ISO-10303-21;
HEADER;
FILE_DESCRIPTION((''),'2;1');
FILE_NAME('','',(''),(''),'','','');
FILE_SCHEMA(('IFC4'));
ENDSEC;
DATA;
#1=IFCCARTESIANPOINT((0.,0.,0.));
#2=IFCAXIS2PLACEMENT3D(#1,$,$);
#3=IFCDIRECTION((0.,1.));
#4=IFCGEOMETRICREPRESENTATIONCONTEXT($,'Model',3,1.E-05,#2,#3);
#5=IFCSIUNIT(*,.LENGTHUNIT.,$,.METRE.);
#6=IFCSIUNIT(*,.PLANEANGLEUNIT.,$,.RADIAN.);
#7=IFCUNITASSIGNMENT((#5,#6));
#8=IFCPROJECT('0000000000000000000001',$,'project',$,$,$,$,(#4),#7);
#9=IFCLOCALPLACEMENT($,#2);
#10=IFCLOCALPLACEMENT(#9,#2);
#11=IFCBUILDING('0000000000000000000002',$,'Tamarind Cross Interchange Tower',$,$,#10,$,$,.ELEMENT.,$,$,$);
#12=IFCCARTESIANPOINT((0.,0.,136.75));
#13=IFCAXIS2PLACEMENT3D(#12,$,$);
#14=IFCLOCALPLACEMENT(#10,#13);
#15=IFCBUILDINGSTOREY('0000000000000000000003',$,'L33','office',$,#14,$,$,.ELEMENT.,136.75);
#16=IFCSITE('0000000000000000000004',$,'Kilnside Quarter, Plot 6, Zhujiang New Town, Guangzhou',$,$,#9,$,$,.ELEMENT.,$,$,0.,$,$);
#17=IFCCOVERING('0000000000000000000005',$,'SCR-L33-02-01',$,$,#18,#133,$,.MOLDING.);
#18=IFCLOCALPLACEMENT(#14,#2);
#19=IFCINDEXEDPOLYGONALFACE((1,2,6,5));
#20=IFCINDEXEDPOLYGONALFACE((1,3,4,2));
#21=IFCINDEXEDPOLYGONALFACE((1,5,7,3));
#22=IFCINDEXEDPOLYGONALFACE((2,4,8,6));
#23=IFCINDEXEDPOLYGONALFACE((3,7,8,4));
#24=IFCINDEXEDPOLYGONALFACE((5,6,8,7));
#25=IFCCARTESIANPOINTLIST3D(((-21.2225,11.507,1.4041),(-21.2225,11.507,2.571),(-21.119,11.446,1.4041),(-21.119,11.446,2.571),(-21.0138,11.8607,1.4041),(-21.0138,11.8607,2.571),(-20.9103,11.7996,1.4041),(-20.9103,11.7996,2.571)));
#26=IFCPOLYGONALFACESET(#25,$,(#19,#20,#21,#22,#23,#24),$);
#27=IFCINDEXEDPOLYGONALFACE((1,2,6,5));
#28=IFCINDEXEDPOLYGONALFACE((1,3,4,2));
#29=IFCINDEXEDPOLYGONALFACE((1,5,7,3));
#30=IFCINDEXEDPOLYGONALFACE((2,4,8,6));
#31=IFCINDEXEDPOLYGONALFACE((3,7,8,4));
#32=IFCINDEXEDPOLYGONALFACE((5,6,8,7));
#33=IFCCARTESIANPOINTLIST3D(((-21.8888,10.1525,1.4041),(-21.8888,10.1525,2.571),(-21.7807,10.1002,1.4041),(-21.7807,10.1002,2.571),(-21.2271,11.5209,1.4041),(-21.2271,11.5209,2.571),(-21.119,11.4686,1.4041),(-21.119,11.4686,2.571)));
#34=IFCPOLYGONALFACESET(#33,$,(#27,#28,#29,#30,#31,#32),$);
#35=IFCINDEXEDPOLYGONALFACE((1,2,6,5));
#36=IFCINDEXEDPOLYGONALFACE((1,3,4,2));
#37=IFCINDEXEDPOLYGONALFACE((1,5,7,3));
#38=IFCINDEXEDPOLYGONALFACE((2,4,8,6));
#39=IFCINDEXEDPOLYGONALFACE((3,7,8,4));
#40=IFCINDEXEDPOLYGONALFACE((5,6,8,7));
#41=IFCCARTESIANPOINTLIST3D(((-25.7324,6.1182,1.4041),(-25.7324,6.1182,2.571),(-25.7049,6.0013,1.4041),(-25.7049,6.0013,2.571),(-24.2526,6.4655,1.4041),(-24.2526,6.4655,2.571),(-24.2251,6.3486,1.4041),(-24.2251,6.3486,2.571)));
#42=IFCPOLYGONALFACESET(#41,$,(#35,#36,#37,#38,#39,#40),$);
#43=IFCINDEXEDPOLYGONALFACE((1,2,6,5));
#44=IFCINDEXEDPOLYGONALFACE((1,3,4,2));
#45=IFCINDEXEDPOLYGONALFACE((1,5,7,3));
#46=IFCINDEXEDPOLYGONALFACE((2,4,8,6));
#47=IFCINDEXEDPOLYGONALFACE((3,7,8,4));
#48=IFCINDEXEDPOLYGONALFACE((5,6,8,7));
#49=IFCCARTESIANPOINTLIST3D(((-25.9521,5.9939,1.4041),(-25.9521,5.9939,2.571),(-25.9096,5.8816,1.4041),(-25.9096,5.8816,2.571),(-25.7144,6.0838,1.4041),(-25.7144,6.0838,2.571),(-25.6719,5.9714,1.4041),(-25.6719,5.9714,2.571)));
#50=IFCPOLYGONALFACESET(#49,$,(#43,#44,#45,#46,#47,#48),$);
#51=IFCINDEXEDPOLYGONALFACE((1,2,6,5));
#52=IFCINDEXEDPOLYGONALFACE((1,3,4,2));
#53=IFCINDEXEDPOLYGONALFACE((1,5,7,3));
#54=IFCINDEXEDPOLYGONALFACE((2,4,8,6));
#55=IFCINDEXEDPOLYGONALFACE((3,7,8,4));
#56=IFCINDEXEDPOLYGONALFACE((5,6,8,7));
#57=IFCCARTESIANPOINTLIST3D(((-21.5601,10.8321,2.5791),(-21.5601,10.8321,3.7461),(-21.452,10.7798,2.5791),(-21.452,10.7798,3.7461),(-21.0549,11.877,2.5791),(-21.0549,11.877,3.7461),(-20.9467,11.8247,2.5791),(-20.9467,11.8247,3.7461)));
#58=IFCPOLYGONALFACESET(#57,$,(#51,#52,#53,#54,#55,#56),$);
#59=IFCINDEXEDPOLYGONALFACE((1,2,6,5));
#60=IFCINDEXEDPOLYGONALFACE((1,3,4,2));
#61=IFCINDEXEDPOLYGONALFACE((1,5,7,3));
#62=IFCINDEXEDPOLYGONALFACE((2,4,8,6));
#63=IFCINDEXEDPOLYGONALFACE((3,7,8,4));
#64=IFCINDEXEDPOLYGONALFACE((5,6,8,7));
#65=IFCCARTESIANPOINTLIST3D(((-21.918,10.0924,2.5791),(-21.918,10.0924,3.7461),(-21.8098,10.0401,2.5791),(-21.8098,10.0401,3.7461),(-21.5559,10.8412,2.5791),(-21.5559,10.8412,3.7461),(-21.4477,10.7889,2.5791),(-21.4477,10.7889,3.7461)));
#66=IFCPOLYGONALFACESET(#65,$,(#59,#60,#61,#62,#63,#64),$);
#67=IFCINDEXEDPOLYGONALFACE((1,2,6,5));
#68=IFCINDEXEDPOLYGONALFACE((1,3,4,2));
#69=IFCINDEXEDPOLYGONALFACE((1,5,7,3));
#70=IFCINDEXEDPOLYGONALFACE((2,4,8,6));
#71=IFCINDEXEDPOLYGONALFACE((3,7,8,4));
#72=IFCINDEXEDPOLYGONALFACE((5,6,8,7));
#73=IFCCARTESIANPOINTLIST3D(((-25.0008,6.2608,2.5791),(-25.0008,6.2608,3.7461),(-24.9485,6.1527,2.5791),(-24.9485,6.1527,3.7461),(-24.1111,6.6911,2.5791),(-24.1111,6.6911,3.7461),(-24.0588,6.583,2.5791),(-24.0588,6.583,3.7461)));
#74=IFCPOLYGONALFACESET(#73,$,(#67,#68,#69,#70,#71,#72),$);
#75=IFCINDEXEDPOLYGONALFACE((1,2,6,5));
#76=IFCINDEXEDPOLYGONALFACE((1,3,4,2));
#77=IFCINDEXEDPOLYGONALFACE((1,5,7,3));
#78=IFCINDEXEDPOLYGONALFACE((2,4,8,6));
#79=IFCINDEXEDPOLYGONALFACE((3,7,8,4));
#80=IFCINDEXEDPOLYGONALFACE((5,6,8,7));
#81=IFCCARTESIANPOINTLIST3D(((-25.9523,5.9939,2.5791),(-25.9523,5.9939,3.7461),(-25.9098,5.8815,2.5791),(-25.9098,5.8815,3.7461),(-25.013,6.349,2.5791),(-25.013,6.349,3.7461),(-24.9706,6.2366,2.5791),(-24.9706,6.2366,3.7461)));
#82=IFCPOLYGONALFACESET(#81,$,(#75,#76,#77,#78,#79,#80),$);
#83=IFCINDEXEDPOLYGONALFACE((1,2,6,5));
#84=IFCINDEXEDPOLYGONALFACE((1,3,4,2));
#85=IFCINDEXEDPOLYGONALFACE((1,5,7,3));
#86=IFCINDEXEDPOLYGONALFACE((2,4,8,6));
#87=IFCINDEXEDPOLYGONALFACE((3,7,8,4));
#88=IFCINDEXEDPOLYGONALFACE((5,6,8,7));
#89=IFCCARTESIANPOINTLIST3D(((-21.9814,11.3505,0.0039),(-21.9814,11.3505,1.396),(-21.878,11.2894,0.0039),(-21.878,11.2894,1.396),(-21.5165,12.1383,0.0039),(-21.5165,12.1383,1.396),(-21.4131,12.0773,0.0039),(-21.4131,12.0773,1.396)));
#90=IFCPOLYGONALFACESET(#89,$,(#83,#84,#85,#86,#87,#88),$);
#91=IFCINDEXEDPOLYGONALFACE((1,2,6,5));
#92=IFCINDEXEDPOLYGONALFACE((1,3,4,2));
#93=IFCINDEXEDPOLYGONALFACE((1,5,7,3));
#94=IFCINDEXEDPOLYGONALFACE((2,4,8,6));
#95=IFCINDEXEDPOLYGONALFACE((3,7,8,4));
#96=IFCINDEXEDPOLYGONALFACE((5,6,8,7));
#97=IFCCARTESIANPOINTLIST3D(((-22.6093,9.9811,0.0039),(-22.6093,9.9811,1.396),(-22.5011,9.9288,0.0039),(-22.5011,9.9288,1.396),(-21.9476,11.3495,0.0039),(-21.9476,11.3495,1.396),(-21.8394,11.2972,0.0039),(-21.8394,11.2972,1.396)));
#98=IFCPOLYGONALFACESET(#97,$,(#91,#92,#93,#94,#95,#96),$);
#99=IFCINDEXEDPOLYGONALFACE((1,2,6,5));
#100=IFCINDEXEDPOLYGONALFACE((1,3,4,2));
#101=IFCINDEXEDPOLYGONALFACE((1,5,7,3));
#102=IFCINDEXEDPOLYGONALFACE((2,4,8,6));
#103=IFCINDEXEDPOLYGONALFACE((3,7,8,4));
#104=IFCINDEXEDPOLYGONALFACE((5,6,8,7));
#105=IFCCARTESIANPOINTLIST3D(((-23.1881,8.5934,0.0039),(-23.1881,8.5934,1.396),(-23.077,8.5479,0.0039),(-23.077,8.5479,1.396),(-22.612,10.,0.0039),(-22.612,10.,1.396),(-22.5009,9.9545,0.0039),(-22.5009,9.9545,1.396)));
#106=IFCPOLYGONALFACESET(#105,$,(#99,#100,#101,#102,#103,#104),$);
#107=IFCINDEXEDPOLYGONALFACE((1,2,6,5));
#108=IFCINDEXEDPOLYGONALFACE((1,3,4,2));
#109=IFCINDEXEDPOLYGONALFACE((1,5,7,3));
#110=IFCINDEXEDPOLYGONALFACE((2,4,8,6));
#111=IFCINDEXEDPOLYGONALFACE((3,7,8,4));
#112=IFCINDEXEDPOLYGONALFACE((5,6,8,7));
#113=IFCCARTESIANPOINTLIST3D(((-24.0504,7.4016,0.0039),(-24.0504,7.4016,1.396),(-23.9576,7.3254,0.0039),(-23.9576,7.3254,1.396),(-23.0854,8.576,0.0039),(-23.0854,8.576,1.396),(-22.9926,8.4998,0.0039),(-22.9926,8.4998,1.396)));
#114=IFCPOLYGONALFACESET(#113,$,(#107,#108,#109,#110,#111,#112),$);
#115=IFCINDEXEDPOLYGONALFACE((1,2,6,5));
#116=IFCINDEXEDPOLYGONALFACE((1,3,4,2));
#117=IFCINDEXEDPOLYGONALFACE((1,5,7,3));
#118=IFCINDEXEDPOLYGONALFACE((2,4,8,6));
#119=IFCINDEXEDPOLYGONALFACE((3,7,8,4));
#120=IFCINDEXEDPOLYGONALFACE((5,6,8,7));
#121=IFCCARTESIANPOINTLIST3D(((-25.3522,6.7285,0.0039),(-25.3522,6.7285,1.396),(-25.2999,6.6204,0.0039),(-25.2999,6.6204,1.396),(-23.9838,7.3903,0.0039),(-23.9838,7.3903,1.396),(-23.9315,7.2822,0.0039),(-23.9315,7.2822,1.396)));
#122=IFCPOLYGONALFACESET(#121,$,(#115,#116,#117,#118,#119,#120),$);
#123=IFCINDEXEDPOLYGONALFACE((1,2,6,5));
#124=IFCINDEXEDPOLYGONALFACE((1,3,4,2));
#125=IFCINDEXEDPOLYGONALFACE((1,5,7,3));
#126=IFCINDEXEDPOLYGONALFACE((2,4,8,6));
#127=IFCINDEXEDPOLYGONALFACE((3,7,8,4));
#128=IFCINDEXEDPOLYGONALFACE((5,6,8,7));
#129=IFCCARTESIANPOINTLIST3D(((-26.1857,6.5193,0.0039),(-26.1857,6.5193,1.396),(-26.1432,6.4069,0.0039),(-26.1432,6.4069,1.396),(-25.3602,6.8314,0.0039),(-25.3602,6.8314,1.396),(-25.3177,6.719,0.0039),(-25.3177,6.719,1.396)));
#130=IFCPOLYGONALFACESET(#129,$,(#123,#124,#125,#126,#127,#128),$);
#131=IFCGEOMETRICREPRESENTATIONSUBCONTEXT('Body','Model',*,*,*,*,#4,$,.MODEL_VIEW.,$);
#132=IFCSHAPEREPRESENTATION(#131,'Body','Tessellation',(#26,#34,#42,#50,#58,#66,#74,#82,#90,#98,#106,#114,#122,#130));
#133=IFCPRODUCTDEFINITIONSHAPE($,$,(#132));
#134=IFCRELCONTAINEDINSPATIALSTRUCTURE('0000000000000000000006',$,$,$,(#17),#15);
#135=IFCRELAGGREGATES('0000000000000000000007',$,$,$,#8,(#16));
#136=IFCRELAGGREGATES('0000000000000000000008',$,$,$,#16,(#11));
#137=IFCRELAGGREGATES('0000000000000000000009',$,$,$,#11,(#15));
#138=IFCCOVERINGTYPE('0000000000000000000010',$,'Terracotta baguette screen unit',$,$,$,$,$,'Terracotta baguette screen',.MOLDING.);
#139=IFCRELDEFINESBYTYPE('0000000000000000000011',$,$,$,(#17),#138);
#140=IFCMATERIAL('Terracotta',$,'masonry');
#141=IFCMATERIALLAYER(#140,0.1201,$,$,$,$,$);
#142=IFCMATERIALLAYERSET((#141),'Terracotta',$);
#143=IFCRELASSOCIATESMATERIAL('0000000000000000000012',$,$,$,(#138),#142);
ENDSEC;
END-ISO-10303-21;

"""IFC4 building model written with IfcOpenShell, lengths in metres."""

from ifc_helpers import new_model, si_unit, direction, frame, origin, origin_2d, place, context, subcontext, project, spatial, rectangle, extrude, material, layer, layer_set, type_object, element, save


model = new_model("IFC4")

# Units and contexts
model_context = context("Model", 3, precision=1e-05, world=origin(), true_north=direction((0.0, 1.0)))
body_context = subcontext(model_context, "Body", "Model", "MODEL_VIEW")
ifc_project = project(units=[si_unit("LENGTHUNIT", "METRE"), si_unit("PLANEANGLEUNIT", "RADIAN")], contexts=[model_context])

# Site, building, storey
site_placement = place(None, origin())
site = spatial("IfcSite", under=ifc_project, at=site_placement, Name="Kilnside Quarter, Plot 6, Zhujiang New Town, Guangzhou", CompositionType="ELEMENT", RefElevation=0.0)
building_placement = place(site_placement, origin())
building = spatial("IfcBuilding", under=site, at=building_placement, Name="Tamarind Cross Interchange Tower", CompositionType="ELEMENT")
storey_placement = place(building_placement, frame((0.0, 0.0, 136.75)))
storey = spatial("IfcBuildingStorey", under=building, at=storey_placement, Name="L33", Description="office", CompositionType="ELEMENT", Elevation=136.75)

# Covering
ifc_material_1 = material(Name="Terracotta", Category="masonry")
ifc_layer_1 = layer(ifc_material_1, 0.1201)
ifc_layer_set_1 = layer_set([ifc_layer_1], Name="Terracotta")
covering_type = type_object("IfcCoveringType", Name="Terracotta baguette screen unit", ElementType="Terracotta baguette screen", PredefinedType="MOLDING", material=ifc_layer_set_1)
covering_1_placement = place(storey_placement, origin())
element("IfcCovering", 1, at=covering_1_placement, inside=storey, type_object=covering_type, Name="SCR-L33-02-01", PredefinedType="MOLDING", context=body_context, shape_type="SweptSolid", body=[
    extrude(rectangle(XDim=0.4106, YDim=0.1201, at=origin_2d()), frame((-21.0664, 11.6533, 1.4041), z_axis=(0.0, 0.0, 1.0), x_axis=(-0.508183, -0.861249, 0.0)), (0.0, 0.0, 1.0), 1.167),
    extrude(rectangle(XDim=1.52, YDim=0.1201, at=origin_2d()), frame((-21.5039, 10.8105, 1.4041), z_axis=(0.0, 0.0, 1.0), x_axis=(-0.435326, -0.900273, 0.0)), (0.0, 0.0, 1.0), 1.167),
    extrude(rectangle(XDim=1.52, YDim=0.1201, at=origin_2d()), frame((-24.9788, 6.2334, 1.4041), z_axis=(0.0, 0.0, 1.0), x_axis=(-0.973541, -0.228514, 0.0)), (0.0, 0.0, 1.0), 1.167),
    extrude(rectangle(XDim=0.2542, YDim=0.1201, at=origin_2d()), frame((-25.812, 5.9827, 1.4041), z_axis=(0.0, 0.0, 1.0), x_axis=(-0.935385, -0.353632, 0.0)), (0.0, 0.0, 1.0), 1.167),
    extrude(rectangle(XDim=1.1606, YDim=0.1201, at=origin_2d()), frame((-21.2534, 11.3284, 2.5791), z_axis=(0.0, 0.0, 1.0), x_axis=(-0.435326, -0.900273, 0.0)), (0.0, 0.0, 1.0), 1.167),
    extrude(rectangle(XDim=0.8318, YDim=0.1201, at=origin_2d()), frame((-21.6829, 10.4407, 2.5791), z_axis=(0.0, 0.0, 1.0), x_axis=(-0.435326, -0.900273, 0.0)), (0.0, 0.0, 1.0), 1.167),
    extrude(rectangle(XDim=0.9883, YDim=0.1201, at=origin_2d()), frame((-24.5298, 6.4219, 2.5791), z_axis=(0.0, 0.0, 1.0), x_axis=(-0.900238, -0.435398, 0.0)), (0.0, 0.0, 1.0), 1.167),
    extrude(rectangle(XDim=1.0042, YDim=0.1201, at=origin_2d()), frame((-25.4614, 6.1152, 2.5791), z_axis=(0.0, 0.0, 1.0), x_axis=(-0.935385, -0.353632, 0.0)), (0.0, 0.0, 1.0), 1.167),
    extrude(rectangle(XDim=0.9148, YDim=0.1201, at=origin_2d()), frame((-21.6973, 11.7139, 0.0039), z_axis=(0.0, 0.0, 1.0), x_axis=(-0.508183, -0.861249, 0.0)), (0.0, 0.0, 1.0), 1.3921),
    extrude(rectangle(XDim=1.52, YDim=0.1201, at=origin_2d()), frame((-22.2244, 10.6392, 0.0039), z_axis=(0.0, 0.0, 1.0), x_axis=(-0.435326, -0.900273, 0.0)), (0.0, 0.0, 1.0), 1.3921),
    extrude(rectangle(XDim=1.52, YDim=0.1201, at=origin_2d()), frame((-22.8445, 9.2739, 0.0039), z_axis=(0.0, 0.0, 1.0), x_axis=(-0.379006, -0.925394, 0.0)), (0.0, 0.0, 1.0), 1.3921),
    extrude(rectangle(XDim=1.52, YDim=0.1201, at=origin_2d()), frame((-23.5215, 7.9507, 0.0039), z_axis=(0.0, 0.0, 1.0), x_axis=(-0.634864, -0.772624, 0.0)), (0.0, 0.0, 1.0), 1.3921),
    extrude(rectangle(XDim=1.52, YDim=0.1201, at=origin_2d()), frame((-24.6418, 7.0054, 0.0039), z_axis=(0.0, 0.0, 1.0), x_axis=(-0.900238, -0.435398, 0.0)), (0.0, 0.0, 1.0), 1.3921),
    extrude(rectangle(XDim=0.8826, YDim=0.1201, at=origin_2d()), frame((-25.7517, 6.6191, 0.0039), z_axis=(0.0, 0.0, 1.0), x_axis=(-0.935385, -0.353632, 0.0)), (0.0, 0.0, 1.0), 1.3921),
])

save(model, "model.ifc")
